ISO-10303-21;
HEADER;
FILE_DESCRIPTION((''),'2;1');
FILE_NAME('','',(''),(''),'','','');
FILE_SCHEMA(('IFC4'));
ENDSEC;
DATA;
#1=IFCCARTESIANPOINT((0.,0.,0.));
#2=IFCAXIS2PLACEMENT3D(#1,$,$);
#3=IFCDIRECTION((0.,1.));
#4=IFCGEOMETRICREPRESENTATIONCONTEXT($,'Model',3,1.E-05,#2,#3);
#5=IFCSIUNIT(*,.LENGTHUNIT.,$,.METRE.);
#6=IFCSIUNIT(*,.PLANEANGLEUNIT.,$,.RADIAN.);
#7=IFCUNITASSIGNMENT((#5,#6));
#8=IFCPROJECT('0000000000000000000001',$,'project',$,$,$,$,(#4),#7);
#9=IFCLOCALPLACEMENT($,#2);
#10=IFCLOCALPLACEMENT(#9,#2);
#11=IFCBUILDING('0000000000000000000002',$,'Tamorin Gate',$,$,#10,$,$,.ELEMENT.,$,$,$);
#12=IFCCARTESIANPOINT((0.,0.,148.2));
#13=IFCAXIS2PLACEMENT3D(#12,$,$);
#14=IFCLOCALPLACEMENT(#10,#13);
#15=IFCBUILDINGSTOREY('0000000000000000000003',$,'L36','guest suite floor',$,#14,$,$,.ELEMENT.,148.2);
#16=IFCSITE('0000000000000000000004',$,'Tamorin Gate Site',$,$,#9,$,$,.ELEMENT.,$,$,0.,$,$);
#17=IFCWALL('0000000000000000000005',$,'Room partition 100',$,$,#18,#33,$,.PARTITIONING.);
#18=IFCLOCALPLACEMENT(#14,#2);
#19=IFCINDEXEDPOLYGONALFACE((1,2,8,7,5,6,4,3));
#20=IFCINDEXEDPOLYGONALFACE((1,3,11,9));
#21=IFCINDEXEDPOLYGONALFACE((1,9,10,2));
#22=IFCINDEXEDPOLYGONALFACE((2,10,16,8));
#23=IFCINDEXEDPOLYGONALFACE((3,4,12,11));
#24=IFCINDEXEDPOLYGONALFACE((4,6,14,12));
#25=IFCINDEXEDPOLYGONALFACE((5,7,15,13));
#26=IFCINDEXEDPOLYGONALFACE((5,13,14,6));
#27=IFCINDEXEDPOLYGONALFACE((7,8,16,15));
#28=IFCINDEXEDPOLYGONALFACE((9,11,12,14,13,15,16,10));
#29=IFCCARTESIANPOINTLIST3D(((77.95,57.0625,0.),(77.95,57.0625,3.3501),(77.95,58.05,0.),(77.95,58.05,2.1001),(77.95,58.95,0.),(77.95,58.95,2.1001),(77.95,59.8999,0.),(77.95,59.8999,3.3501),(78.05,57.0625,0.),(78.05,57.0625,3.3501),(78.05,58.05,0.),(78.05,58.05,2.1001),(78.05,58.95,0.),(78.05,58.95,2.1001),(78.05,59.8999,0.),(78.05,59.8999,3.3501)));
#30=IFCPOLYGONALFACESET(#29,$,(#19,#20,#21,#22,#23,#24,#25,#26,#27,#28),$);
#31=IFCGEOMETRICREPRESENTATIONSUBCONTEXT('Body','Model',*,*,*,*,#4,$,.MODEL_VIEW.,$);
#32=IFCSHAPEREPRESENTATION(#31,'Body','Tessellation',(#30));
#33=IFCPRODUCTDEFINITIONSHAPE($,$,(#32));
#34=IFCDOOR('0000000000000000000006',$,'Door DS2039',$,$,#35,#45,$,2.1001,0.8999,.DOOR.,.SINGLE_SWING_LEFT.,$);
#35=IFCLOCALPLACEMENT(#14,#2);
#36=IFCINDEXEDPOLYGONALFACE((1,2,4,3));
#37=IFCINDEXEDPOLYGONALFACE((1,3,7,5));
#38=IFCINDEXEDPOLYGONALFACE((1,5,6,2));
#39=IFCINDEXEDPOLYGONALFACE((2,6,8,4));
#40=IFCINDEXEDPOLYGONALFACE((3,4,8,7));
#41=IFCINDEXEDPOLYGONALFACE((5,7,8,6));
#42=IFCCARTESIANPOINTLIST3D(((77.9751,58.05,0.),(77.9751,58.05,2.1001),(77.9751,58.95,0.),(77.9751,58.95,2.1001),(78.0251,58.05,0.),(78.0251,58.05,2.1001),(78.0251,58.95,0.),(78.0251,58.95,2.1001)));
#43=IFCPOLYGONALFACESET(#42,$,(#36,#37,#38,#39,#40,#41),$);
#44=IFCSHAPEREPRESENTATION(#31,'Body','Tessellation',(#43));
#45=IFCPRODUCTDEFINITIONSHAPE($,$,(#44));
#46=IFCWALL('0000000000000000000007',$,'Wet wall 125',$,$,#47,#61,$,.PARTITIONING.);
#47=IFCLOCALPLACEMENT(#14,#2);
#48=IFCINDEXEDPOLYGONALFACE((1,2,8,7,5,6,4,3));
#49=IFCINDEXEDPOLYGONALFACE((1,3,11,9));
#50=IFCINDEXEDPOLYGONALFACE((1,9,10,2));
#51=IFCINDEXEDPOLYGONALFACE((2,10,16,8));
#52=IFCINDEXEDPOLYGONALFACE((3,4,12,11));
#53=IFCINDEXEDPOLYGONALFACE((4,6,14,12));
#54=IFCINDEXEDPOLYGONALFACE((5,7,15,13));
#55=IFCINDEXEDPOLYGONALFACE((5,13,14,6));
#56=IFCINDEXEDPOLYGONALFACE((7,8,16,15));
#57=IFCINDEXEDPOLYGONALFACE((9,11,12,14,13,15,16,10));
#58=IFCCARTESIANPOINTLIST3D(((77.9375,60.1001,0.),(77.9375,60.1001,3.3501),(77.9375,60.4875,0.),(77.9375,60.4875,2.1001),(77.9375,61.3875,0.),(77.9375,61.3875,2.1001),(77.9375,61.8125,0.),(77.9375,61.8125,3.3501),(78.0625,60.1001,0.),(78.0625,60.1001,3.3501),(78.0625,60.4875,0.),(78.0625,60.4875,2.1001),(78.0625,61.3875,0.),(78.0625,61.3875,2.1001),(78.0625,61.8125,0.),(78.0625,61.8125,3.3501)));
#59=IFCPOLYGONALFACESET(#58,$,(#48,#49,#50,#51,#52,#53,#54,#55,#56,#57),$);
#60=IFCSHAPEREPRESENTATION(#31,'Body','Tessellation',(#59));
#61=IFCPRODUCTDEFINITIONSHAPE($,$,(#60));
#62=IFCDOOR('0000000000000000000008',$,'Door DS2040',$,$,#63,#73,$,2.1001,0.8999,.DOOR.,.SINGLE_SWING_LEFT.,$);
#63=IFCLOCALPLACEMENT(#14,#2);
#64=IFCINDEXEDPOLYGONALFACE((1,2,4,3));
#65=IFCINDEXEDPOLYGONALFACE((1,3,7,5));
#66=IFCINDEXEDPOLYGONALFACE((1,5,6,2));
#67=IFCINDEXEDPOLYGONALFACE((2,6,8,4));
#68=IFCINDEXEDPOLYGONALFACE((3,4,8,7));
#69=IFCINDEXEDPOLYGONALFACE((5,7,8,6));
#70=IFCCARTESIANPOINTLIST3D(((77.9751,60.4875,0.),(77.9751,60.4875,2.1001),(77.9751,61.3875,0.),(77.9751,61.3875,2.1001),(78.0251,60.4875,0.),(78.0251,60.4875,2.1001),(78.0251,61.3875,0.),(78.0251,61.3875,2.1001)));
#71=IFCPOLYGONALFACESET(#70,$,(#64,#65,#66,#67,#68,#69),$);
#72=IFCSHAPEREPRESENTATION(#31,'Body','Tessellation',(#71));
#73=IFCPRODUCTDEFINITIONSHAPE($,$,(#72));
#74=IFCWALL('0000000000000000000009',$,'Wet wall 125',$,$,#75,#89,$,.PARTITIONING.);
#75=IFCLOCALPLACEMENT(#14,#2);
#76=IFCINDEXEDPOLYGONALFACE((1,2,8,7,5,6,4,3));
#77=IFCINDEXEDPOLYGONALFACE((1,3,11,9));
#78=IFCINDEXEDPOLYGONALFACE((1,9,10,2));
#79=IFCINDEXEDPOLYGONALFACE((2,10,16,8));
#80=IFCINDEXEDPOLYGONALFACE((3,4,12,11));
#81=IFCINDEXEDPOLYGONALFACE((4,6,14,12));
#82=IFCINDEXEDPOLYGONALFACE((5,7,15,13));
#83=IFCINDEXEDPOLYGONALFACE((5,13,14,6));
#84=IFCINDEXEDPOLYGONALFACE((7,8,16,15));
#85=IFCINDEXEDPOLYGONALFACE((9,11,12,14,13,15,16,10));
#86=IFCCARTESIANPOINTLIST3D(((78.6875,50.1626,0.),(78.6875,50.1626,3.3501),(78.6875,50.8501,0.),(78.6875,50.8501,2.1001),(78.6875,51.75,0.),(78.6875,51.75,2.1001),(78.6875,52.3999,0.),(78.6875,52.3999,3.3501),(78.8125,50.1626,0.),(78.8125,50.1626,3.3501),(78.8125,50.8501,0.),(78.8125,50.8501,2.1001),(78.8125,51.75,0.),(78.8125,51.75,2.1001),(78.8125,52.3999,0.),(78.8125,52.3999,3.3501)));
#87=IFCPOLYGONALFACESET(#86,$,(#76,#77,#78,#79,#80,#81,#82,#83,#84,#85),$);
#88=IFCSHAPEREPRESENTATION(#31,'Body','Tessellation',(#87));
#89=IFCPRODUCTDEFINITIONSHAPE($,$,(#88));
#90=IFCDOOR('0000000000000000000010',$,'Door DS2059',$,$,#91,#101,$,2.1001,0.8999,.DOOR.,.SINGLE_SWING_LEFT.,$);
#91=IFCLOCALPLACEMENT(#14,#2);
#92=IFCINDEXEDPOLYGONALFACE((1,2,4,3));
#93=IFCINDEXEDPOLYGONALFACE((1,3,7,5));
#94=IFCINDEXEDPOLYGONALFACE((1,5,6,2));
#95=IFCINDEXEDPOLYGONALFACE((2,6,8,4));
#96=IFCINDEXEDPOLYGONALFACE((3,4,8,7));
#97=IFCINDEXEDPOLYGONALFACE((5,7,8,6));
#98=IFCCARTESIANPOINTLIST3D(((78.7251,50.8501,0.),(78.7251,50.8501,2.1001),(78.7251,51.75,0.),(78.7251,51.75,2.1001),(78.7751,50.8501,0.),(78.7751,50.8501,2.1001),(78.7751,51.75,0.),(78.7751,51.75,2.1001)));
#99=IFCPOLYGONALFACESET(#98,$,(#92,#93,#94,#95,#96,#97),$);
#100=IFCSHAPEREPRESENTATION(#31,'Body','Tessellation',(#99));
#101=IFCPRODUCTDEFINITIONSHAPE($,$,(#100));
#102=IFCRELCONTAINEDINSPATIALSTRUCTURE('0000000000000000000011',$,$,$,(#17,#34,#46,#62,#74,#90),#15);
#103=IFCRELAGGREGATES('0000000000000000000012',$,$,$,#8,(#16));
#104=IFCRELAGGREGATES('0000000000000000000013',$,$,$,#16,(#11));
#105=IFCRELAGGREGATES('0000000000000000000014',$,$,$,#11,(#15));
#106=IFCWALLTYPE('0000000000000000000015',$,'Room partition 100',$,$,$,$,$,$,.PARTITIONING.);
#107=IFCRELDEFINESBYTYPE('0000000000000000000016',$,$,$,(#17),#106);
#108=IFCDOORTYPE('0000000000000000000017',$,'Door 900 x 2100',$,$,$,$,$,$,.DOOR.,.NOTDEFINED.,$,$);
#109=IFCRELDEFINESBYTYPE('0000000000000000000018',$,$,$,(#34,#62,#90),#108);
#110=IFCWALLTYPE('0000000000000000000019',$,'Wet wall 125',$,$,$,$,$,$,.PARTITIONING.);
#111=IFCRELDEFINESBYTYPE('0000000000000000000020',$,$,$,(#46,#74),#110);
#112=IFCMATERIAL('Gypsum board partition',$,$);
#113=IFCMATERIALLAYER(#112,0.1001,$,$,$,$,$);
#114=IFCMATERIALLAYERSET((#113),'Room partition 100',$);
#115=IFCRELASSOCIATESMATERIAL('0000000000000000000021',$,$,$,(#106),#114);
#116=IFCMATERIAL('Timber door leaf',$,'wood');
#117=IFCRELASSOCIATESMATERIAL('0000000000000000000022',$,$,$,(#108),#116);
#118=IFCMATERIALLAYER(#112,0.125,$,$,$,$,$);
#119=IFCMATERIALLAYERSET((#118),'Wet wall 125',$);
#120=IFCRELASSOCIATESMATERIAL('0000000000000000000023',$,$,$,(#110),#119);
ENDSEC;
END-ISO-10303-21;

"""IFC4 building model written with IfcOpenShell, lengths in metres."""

from ifc_helpers import new_model, si_unit, direction, frame, frame_2d, origin, place, context, subcontext, project, spatial, rectangle, extrude, material, layer, layer_set, type_object, element, fill, save


model = new_model("IFC4")

# Units and contexts
model_context = context("Model", 3, precision=1e-05, world=origin(), true_north=direction((0.0, 1.0)))
body_context = subcontext(model_context, "Body", "Model", "MODEL_VIEW")
ifc_project = project(units=[si_unit("LENGTHUNIT", "METRE"), si_unit("PLANEANGLEUNIT", "RADIAN")], contexts=[model_context])

# Site, building, storey
site_placement = place(None, origin())
site = spatial("IfcSite", under=ifc_project, at=site_placement, Name="Tamorin Gate Site", CompositionType="ELEMENT", RefElevation=0.0)
building_placement = place(site_placement, origin())
building = spatial("IfcBuilding", under=site, at=building_placement, Name="Tamorin Gate", CompositionType="ELEMENT")
storey_placement = place(building_placement, frame((0.0, 0.0, 148.2)))
storey = spatial("IfcBuildingStorey", under=building, at=storey_placement, Name="L36", Description="guest suite floor", CompositionType="ELEMENT", Elevation=148.2)

# Walls, openings, doors
ifc_material_1 = material(Name="Gypsum board partition")
ifc_layer_1 = layer(ifc_material_1, 0.1001)
ifc_layer_set_1 = layer_set([ifc_layer_1], Name="Room partition 100")
wall_type_1 = type_object("IfcWallType", Name="Room partition 100", PredefinedType="PARTITIONING", material=ifc_layer_set_1)
wall_1_placement = place(storey_placement, frame((78.0, 57.0625, 0.0), z_axis=(0.0, 0.0, 1.0), x_axis=(0.0, 1.0, 0.0)))
wall_1 = element("IfcWall", 1, at=wall_1_placement, inside=storey, type_object=wall_type_1, Name="Room partition 100", PredefinedType="PARTITIONING", context=body_context, shape_type="SweptSolid", body=[
    extrude(rectangle(XDim=2.8374, YDim=0.1001, at=frame_2d((1.4187, 0.0))), origin(), (0.0, 0.0, 1.0), 3.3501),
])
opening_1_placement = place(wall_1_placement, frame((0.9875, 0.0, 0.0)))
opening_1 = element("IfcOpeningElement", 2, at=opening_1_placement, cuts=wall_1, PredefinedType="OPENING", context=body_context, shape_type="SweptSolid", body=[
    extrude(rectangle(XDim=0.8999, YDim=2.1001, at=frame_2d((0.45, 1.05))), frame((0.0, 0.0601, 0.0), z_axis=(0.0, -1.0, 0.0), x_axis=(1.0, 0.0, 0.0)), (0.0, 0.0, 1.0), 0.1201),
])
ifc_material_2 = material(Name="Timber door leaf", Category="wood")
door_type = type_object("IfcDoorType", Name="Door 900 x 2100", OperationType="NOTDEFINED", PredefinedType="DOOR", material=ifc_material_2)
door_1_placement = place(opening_1_placement, origin())
door_1 = element("IfcDoor", 3, at=door_1_placement, inside=storey, type_object=door_type, Name="Door DS2039", OperationType="SINGLE_SWING_LEFT", OverallHeight=2.1001, OverallWidth=0.8999, PredefinedType="DOOR", context=body_context, shape_type="SweptSolid", body=[
    extrude(rectangle(XDim=0.8999, YDim=2.1001, at=frame_2d((0.45, 1.05))), frame((0.0, 0.0249, 0.0), z_axis=(0.0, -1.0, 0.0), x_axis=(1.0, 0.0, 0.0)), (0.0, 0.0, 1.0), 0.05),
])
fill(opening_1, door_1)
ifc_layer_2 = layer(ifc_material_1, 0.125)
ifc_layer_set_2 = layer_set([ifc_layer_2], Name="Wet wall 125")
wall_type_2 = type_object("IfcWallType", Name="Wet wall 125", PredefinedType="PARTITIONING", material=ifc_layer_set_2)
wall_2_placement = place(storey_placement, frame((78.0, 60.1001, 0.0), z_axis=(0.0, 0.0, 1.0), x_axis=(0.0, 1.0, 0.0)))
wall_2 = element("IfcWall", 4, at=wall_2_placement, inside=storey, type_object=wall_type_2, Name="Wet wall 125", PredefinedType="PARTITIONING", context=body_context, shape_type="SweptSolid", body=[
    extrude(rectangle(XDim=1.7124, YDim=0.125, at=frame_2d((0.8562, 0.0))), origin(), (0.0, 0.0, 1.0), 3.3501),
])
opening_2_placement = place(wall_2_placement, frame((0.3875, 0.0, 0.0)))
opening_2 = element("IfcOpeningElement", 5, at=opening_2_placement, cuts=wall_2, PredefinedType="OPENING", context=body_context, shape_type="SweptSolid", body=[
    extrude(rectangle(XDim=0.8999, YDim=2.1001, at=frame_2d((0.45, 1.05))), frame((0.0, 0.0725, 0.0), z_axis=(0.0, -1.0, 0.0), x_axis=(1.0, 0.0, 0.0)), (0.0, 0.0, 1.0), 0.145),
])
door_2_placement = place(opening_2_placement, origin())
door_2 = element("IfcDoor", 6, at=door_2_placement, inside=storey, type_object=door_type, Name="Door DS2040", OperationType="SINGLE_SWING_LEFT", OverallHeight=2.1001, OverallWidth=0.8999, PredefinedType="DOOR", context=body_context, shape_type="SweptSolid", body=[
    extrude(rectangle(XDim=0.8999, YDim=2.1001, at=frame_2d((0.45, 1.05))), frame((0.0, 0.0249, 0.0), z_axis=(0.0, -1.0, 0.0), x_axis=(1.0, 0.0, 0.0)), (0.0, 0.0, 1.0), 0.05),
])
fill(opening_2, door_2)
wall_3_placement = place(storey_placement, frame((78.75, 50.1626, 0.0), z_axis=(0.0, 0.0, 1.0), x_axis=(0.0, 1.0, 0.0)))
wall_3 = element("IfcWall", 7, at=wall_3_placement, inside=storey, type_object=wall_type_2, Name="Wet wall 125", PredefinedType="PARTITIONING", context=body_context, shape_type="SweptSolid", body=[
    extrude(rectangle(XDim=2.2373, YDim=0.125, at=frame_2d((1.1187, 0.0))), origin(), (0.0, 0.0, 1.0), 3.3501),
])
opening_3_placement = place(wall_3_placement, frame((0.6875, 0.0, 0.0)))
opening_3 = element("IfcOpeningElement", 8, at=opening_3_placement, cuts=wall_3, PredefinedType="OPENING", context=body_context, shape_type="SweptSolid", body=[
    extrude(rectangle(XDim=0.8999, YDim=2.1001, at=frame_2d((0.45, 1.05))), frame((0.0, 0.0725, 0.0), z_axis=(0.0, -1.0, 0.0), x_axis=(1.0, 0.0, 0.0)), (0.0, 0.0, 1.0), 0.145),
])
door_3_placement = place(opening_3_placement, origin())
door_3 = element("IfcDoor", 9, at=door_3_placement, inside=storey, type_object=door_type, Name="Door DS2059", OperationType="SINGLE_SWING_LEFT", OverallHeight=2.1001, OverallWidth=0.8999, PredefinedType="DOOR", context=body_context, shape_type="SweptSolid", body=[
    extrude(rectangle(XDim=0.8999, YDim=2.1001, at=frame_2d((0.45, 1.05))), frame((0.0, 0.0249, 0.0), z_axis=(0.0, -1.0, 0.0), x_axis=(1.0, 0.0, 0.0)), (0.0, 0.0, 1.0), 0.05),
])
fill(opening_3, door_3)

save(model, "model.ifc")
